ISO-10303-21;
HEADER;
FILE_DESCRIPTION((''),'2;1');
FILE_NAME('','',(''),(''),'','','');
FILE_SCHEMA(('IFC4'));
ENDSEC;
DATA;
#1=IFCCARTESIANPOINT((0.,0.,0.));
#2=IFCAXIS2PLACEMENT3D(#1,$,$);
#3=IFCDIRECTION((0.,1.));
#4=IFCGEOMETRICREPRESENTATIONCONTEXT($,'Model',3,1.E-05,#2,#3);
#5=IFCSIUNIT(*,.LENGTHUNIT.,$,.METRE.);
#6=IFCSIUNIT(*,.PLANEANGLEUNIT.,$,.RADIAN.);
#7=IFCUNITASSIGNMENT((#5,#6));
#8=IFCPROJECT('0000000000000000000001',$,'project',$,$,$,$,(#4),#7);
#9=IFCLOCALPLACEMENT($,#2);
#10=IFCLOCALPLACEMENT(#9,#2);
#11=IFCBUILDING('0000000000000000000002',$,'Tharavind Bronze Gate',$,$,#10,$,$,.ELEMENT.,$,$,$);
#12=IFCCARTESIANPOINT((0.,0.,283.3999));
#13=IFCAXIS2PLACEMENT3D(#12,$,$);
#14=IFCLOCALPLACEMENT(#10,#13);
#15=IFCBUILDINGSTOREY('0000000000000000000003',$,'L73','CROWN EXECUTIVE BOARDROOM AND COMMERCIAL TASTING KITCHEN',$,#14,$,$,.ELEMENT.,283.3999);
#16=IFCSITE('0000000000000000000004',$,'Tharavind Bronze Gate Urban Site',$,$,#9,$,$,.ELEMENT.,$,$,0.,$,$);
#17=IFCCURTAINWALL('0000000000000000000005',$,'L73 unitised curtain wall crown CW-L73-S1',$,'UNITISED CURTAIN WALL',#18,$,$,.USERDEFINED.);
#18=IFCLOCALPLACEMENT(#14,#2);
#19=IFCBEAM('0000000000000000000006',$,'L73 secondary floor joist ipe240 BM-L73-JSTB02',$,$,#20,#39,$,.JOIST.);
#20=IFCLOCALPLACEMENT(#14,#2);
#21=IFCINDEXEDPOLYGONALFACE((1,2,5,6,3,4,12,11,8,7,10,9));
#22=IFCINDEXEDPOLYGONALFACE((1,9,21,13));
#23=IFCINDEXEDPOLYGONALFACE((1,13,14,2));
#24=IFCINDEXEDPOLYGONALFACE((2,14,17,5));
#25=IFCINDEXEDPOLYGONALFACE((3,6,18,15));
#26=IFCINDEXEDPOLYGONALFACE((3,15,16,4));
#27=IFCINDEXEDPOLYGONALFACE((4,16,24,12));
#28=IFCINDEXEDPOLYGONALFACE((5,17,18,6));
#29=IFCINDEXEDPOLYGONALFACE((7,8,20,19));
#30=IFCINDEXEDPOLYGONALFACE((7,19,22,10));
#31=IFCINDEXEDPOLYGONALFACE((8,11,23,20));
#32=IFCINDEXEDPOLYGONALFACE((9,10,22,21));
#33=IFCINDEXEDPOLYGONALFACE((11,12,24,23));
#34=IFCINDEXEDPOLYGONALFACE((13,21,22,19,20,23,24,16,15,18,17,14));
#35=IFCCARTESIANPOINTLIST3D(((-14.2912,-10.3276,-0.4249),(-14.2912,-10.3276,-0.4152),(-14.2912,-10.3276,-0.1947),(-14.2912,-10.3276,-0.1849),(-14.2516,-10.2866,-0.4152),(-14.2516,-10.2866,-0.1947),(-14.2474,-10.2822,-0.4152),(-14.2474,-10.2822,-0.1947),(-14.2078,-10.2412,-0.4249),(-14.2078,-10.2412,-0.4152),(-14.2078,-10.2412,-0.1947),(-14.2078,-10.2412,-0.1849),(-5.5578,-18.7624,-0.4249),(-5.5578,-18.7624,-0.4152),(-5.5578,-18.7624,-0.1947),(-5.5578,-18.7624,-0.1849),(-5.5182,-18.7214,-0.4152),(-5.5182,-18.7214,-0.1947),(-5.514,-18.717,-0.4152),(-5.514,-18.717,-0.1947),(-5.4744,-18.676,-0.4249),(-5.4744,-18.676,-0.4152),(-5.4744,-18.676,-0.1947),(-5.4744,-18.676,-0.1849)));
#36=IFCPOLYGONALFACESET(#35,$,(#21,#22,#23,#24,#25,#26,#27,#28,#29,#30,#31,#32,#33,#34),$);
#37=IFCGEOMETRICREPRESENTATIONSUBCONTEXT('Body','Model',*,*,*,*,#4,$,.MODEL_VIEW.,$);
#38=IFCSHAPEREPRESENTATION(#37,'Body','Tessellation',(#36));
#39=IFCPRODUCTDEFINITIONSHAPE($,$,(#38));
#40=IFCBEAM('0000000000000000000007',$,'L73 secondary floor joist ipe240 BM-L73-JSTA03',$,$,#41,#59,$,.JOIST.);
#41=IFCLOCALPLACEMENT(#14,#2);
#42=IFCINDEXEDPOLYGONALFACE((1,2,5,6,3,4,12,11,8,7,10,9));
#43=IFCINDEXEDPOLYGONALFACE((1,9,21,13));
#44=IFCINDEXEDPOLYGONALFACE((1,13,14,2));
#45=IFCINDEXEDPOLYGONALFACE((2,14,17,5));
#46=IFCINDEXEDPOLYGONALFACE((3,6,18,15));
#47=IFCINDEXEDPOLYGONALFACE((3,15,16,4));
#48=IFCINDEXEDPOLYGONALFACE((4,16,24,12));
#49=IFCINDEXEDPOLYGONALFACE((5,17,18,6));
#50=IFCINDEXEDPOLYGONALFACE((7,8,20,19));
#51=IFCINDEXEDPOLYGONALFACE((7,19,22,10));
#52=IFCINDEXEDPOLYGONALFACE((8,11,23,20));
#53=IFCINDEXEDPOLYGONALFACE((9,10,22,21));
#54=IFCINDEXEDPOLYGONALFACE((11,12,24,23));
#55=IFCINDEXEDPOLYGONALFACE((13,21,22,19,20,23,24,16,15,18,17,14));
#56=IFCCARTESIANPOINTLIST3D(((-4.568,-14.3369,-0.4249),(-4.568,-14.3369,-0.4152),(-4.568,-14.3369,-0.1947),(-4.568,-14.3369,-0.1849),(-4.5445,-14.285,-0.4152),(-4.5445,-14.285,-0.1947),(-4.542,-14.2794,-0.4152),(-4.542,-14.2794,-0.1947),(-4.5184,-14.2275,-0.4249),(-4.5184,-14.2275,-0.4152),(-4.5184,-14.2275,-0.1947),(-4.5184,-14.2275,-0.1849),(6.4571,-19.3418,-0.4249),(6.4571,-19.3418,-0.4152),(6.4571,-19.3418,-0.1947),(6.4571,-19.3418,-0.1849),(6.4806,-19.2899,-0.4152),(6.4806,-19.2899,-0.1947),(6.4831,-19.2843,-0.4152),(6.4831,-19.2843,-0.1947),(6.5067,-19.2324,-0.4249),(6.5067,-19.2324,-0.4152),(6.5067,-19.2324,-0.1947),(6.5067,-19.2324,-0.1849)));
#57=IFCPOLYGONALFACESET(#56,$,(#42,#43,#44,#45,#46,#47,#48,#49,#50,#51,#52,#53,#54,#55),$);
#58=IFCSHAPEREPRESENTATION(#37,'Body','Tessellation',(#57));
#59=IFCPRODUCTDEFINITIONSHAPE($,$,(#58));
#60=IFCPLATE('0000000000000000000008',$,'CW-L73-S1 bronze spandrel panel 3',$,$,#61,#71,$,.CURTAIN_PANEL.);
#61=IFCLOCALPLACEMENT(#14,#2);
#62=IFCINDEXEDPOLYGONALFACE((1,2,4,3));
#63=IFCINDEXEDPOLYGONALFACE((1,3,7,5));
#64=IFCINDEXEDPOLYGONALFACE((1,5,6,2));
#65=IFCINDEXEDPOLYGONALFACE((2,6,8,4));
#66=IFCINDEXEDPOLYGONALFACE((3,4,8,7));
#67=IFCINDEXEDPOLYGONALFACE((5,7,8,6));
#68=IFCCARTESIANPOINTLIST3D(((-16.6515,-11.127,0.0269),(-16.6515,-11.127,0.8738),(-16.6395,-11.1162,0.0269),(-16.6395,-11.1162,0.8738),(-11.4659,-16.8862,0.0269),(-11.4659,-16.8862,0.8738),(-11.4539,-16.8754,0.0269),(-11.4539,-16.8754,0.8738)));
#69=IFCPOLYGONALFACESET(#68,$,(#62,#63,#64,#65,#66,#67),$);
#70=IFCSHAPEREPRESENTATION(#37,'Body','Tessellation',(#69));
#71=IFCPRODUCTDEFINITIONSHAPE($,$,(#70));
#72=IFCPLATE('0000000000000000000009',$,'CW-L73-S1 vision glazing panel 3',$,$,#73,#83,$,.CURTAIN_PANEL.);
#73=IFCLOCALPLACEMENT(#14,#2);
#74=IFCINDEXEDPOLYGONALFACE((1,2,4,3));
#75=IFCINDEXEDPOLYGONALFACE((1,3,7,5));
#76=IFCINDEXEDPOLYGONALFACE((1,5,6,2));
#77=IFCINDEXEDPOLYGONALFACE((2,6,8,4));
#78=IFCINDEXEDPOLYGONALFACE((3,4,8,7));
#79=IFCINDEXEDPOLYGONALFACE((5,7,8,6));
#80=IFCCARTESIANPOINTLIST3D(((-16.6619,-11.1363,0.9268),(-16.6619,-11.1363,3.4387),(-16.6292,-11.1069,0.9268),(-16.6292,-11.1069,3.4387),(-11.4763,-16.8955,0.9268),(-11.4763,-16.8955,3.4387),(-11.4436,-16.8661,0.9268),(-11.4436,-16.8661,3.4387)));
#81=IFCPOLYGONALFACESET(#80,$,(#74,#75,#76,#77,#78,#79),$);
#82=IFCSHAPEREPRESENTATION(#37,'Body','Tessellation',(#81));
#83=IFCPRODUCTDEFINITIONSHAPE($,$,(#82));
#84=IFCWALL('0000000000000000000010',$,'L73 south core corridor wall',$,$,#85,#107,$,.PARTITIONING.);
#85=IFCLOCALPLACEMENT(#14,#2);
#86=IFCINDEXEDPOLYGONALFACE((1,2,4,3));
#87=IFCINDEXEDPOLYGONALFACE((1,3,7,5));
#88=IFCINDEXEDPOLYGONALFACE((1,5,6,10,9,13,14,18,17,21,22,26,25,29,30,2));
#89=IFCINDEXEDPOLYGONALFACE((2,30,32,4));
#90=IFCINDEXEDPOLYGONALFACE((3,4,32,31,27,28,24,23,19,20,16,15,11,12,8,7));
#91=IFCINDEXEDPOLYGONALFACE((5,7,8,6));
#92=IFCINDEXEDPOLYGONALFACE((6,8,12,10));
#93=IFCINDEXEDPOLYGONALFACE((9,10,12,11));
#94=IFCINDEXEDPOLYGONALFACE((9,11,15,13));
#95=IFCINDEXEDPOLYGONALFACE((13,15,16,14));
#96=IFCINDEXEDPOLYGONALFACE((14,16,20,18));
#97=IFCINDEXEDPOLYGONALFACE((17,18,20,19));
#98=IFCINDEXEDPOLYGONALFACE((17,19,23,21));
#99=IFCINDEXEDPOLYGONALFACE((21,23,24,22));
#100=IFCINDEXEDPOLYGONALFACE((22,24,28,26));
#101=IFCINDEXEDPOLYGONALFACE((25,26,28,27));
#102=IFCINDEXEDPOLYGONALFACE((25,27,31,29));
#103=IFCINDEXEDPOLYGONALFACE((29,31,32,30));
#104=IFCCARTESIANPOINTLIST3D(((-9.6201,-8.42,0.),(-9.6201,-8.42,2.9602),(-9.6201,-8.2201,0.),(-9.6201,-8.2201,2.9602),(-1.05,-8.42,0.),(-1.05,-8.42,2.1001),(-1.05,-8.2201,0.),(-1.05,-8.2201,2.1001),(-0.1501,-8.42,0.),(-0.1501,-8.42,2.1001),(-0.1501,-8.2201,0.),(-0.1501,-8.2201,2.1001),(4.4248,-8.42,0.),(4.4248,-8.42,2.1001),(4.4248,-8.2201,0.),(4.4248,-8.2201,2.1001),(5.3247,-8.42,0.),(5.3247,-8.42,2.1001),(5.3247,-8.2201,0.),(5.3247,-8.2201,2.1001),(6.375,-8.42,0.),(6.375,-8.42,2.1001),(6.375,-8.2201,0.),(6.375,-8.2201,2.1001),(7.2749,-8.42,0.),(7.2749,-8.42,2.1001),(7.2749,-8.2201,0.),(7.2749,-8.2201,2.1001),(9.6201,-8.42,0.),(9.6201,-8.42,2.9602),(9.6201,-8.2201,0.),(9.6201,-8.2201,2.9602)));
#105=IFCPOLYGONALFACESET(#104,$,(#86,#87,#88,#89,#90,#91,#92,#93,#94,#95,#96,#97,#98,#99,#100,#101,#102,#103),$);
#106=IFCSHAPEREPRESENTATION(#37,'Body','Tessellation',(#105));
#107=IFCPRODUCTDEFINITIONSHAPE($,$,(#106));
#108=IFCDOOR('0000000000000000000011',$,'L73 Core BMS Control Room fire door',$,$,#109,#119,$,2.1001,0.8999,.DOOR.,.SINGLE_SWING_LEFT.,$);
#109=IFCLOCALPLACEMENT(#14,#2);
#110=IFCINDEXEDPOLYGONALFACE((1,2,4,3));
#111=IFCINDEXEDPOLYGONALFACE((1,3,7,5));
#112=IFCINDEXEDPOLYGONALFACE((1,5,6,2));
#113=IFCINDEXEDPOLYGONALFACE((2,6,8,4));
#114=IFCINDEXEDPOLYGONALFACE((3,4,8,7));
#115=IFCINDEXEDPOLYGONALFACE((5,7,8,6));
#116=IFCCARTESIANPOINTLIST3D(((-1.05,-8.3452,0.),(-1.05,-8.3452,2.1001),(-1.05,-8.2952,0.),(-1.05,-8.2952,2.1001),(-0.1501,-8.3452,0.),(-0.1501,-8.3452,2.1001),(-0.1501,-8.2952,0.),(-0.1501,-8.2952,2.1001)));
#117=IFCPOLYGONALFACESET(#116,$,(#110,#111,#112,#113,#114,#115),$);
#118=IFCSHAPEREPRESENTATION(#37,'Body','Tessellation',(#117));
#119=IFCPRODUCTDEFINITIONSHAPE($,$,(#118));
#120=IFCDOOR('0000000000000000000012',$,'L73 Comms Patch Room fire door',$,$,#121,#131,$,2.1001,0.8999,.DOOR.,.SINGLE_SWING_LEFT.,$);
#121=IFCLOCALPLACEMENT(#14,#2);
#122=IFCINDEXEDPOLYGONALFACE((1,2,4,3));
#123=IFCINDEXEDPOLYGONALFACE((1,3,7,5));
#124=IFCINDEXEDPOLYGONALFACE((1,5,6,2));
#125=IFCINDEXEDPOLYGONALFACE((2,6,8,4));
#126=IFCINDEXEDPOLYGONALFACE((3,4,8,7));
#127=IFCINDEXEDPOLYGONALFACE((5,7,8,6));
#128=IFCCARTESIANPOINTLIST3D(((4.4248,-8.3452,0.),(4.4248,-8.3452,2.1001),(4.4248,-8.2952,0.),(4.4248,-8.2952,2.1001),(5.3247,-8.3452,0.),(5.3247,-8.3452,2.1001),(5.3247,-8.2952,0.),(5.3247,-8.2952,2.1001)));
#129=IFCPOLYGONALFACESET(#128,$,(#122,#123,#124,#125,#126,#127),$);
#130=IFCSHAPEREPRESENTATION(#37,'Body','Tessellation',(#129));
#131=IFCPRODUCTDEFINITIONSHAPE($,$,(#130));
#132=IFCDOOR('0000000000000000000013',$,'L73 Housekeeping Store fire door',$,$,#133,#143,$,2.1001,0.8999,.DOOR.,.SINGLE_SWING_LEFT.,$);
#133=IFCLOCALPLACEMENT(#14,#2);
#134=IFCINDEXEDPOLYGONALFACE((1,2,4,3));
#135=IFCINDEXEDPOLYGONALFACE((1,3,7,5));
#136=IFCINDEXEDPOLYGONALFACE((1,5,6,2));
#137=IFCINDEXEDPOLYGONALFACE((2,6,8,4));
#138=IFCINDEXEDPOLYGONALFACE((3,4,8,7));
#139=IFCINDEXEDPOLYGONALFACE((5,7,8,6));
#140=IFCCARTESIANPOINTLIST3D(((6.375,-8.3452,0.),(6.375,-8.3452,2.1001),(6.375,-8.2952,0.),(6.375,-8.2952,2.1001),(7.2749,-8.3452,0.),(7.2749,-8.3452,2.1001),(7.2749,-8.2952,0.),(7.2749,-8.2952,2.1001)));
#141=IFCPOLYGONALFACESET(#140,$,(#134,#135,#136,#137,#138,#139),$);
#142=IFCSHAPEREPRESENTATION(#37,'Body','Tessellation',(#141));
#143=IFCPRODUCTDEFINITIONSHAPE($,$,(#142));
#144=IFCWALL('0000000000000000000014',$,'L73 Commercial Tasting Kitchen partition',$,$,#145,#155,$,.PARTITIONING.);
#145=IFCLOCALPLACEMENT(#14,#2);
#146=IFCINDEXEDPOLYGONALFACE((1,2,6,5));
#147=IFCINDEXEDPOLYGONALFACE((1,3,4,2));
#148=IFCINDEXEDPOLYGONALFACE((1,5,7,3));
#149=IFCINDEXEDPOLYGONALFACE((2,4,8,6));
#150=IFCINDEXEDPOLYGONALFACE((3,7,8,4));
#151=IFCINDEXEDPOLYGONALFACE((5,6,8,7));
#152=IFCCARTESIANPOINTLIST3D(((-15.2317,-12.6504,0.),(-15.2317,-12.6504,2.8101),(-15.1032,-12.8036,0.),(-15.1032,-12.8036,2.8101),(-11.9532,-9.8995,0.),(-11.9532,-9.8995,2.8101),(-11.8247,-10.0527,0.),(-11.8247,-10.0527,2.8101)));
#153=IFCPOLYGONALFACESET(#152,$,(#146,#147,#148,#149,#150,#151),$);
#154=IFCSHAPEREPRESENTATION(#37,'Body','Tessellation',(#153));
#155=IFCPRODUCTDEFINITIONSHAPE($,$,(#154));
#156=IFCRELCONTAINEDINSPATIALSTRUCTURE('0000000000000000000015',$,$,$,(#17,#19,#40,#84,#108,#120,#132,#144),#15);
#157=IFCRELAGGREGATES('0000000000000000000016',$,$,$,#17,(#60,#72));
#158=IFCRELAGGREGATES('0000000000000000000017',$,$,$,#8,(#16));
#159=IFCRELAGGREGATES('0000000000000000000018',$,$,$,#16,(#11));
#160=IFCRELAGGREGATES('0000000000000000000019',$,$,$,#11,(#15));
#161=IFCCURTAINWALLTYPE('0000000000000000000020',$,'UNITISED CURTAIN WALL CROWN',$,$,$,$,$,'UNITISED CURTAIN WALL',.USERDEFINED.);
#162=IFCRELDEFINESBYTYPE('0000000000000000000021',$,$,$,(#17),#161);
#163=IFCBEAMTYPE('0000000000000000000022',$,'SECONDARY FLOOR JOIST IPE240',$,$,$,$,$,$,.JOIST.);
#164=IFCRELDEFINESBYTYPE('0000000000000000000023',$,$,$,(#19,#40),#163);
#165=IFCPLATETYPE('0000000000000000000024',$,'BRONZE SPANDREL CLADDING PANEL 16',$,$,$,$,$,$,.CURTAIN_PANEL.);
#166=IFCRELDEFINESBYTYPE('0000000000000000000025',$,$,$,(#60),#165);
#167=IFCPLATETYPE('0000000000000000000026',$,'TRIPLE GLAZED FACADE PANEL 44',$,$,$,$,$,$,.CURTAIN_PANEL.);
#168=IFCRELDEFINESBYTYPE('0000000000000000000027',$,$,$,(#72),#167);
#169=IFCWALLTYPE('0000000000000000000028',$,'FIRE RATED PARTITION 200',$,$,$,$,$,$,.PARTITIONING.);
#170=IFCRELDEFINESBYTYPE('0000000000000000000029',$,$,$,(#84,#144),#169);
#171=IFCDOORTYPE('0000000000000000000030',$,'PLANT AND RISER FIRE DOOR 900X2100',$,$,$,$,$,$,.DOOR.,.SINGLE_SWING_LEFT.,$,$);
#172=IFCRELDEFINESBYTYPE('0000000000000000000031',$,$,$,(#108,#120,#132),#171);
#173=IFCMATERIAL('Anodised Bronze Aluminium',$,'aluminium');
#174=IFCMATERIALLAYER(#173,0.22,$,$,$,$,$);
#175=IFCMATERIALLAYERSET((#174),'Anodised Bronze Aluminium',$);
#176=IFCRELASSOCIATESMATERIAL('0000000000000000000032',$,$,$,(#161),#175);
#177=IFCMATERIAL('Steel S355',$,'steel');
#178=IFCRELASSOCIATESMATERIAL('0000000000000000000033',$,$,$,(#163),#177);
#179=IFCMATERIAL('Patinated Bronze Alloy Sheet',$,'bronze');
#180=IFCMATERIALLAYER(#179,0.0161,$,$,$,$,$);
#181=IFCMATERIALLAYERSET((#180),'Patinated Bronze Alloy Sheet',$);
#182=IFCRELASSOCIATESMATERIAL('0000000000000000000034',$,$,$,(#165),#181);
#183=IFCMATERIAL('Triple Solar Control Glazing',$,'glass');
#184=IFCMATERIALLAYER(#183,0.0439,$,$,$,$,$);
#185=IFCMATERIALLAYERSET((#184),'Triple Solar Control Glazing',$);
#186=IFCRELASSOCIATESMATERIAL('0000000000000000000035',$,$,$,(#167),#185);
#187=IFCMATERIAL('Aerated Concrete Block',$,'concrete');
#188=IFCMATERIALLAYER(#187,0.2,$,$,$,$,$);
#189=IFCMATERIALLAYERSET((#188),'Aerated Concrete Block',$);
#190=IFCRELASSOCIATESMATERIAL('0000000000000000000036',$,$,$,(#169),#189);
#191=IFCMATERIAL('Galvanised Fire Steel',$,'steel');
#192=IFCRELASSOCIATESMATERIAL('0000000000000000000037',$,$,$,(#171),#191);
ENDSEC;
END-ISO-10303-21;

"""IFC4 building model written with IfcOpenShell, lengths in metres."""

from ifc_helpers import new_model, si_unit, direction, frame, frame_2d, origin, origin_2d, place, context, subcontext, project, spatial, rectangle, i_section, extrude, material, layer, layer_set, material_profile, profile_set, type_object, element, fill, aggregate, save


model = new_model("IFC4")

# Units and contexts
model_context = context("Model", 3, precision=1e-05, world=origin(), true_north=direction((0.0, 1.0)))
body_context = subcontext(model_context, "Body", "Model", "MODEL_VIEW")
ifc_project = project(units=[si_unit("LENGTHUNIT", "METRE"), si_unit("PLANEANGLEUNIT", "RADIAN")], contexts=[model_context])

# Site, building, storey
site_placement = place(None, origin())
site = spatial("IfcSite", under=ifc_project, at=site_placement, Name="Tharavind Bronze Gate Urban Site", CompositionType="ELEMENT", RefElevation=0.0)
building_placement = place(site_placement, origin())
building = spatial("IfcBuilding", under=site, at=building_placement, Name="Tharavind Bronze Gate", CompositionType="ELEMENT")
storey_placement = place(building_placement, frame((0.0, 0.0, 283.3999)))
storey = spatial("IfcBuildingStorey", under=building, at=storey_placement, Name="L73", Description="CROWN EXECUTIVE BOARDROOM AND COMMERCIAL TASTING KITCHEN", CompositionType="ELEMENT", Elevation=283.3999)

# Curtain wall
ifc_material_1 = material(Name="Anodised Bronze Aluminium", Category="aluminium")
ifc_layer_1 = layer(ifc_material_1, 0.22)
ifc_layer_set_1 = layer_set([ifc_layer_1], Name="Anodised Bronze Aluminium")
curtain_wall_type = type_object("IfcCurtainWallType", Name="UNITISED CURTAIN WALL CROWN", ElementType="UNITISED CURTAIN WALL", PredefinedType="USERDEFINED", material=ifc_layer_set_1)
curtain_wall_placement = place(storey_placement, origin())
curtain_wall = element("IfcCurtainWall", 1, at=curtain_wall_placement, inside=storey, type_object=curtain_wall_type, Name="L73 unitised curtain wall crown CW-L73-S1", ObjectType="UNITISED CURTAIN WALL", PredefinedType="USERDEFINED")

# Beams
ifc_material_2 = material(Name="Steel S355", Category="steel")
ifc_material_profile_1 = material_profile(ifc_material_2, i_section(OverallWidth=0.1201, OverallDepth=0.24, WebThickness=0.0061, FlangeThickness=0.0098, at=origin_2d()), Name="IPE240")
ifc_profile_set_1 = profile_set([ifc_material_profile_1], Name="Steel S355")
beam_type_1 = type_object("IfcBeamType", Name="SECONDARY FLOOR JOIST IPE240", PredefinedType="JOIST", material=ifc_profile_set_1)
beam_1_placement = place(storey_placement, frame((-14.2495, -10.2844, -0.3049), z_axis=(0.719296, -0.694704, 0.0), x_axis=(0.694704, 0.719296, 0.0)))
element("IfcBeam", 2, at=beam_1_placement, inside=storey, type_object=beam_type_1, Name="L73 secondary floor joist ipe240 BM-L73-JSTB02", PredefinedType="JOIST", context=body_context, shape_type="SweptSolid", body=[
    extrude(i_section(OverallWidth=0.1201, OverallDepth=0.24, WebThickness=0.0061, FlangeThickness=0.0098, at=origin_2d()), origin(), (0.0, 0.0, 1.0), 12.1416),
])
beam_2_placement = place(storey_placement, frame((-4.5432, -14.2822, -0.3049), z_axis=(0.91057, -0.413355, 0.0), x_axis=(0.413355, 0.91057, 0.0)))
element("IfcBeam", 3, at=beam_2_placement, inside=storey, type_object=beam_type_1, Name="L73 secondary floor joist ipe240 BM-L73-JSTA03", PredefinedType="JOIST", context=body_context, shape_type="SweptSolid", body=[
    extrude(i_section(OverallWidth=0.1201, OverallDepth=0.24, WebThickness=0.0061, FlangeThickness=0.0098, at=origin_2d()), origin(), (0.0, 0.0, 1.0), 12.1079),
])

# Plates
ifc_material_3 = material(Name="Patinated Bronze Alloy Sheet", Category="bronze")
ifc_layer_2 = layer(ifc_material_3, 0.0161)
ifc_layer_set_2 = layer_set([ifc_layer_2], Name="Patinated Bronze Alloy Sheet")
plate_type_1 = type_object("IfcPlateType", Name="BRONZE SPANDREL CLADDING PANEL 16", PredefinedType="CURTAIN_PANEL", material=ifc_layer_set_2)
plate_1_placement = place(storey_placement, frame((-14.0527, -14.0012, 0.0269), z_axis=(0.0, 0.0, 1.0), x_axis=(0.669131, -0.743145, 0.0)))
plate_1 = element("IfcPlate", 4, at=plate_1_placement, type_object=plate_type_1, Name="CW-L73-S1 bronze spandrel panel 3", PredefinedType="CURTAIN_PANEL", context=body_context, shape_type="SweptSolid", body=[
    extrude(rectangle(XDim=7.7498, YDim=0.0161, at=origin_2d()), origin(), (0.0, 0.0, 1.0), 0.8469),
])
ifc_material_4 = material(Name="Triple Solar Control Glazing", Category="glass")
ifc_layer_3 = layer(ifc_material_4, 0.0439)
ifc_layer_set_3 = layer_set([ifc_layer_3], Name="Triple Solar Control Glazing")
plate_type_2 = type_object("IfcPlateType", Name="TRIPLE GLAZED FACADE PANEL 44", PredefinedType="CURTAIN_PANEL", material=ifc_layer_set_3)
plate_2_placement = place(storey_placement, frame((-14.0527, -14.0012, 0.9268), z_axis=(0.0, 0.0, 1.0), x_axis=(0.669131, -0.743145, 0.0)))
plate_2 = element("IfcPlate", 5, at=plate_2_placement, type_object=plate_type_2, Name="CW-L73-S1 vision glazing panel 3", PredefinedType="CURTAIN_PANEL", context=body_context, shape_type="SweptSolid", body=[
    extrude(rectangle(XDim=7.7498, YDim=0.0439, at=origin_2d()), origin(), (0.0, 0.0, 1.0), 2.512),
])
aggregate(curtain_wall, [plate_1, plate_2])

# Wall, openings, doors
ifc_material_5 = material(Name="Aerated Concrete Block", Category="concrete")
ifc_layer_4 = layer(ifc_material_5, 0.2)
ifc_layer_set_4 = layer_set([ifc_layer_4], Name="Aerated Concrete Block")
wall_type = type_object("IfcWallType", Name="FIRE RATED PARTITION 200", PredefinedType="PARTITIONING", material=ifc_layer_set_4)
wall_1_placement = place(storey_placement, frame((-9.6201, -8.3201, 0.0), z_axis=(0.0, 0.0, 1.0), x_axis=(1.0, 0.0, 0.0)))
wall_1 = element("IfcWall", 6, at=wall_1_placement, inside=storey, type_object=wall_type, Name="L73 south core corridor wall", PredefinedType="PARTITIONING", context=body_context, shape_type="SweptSolid", body=[
    extrude(rectangle(XDim=19.2402, YDim=0.2, at=frame_2d((9.6201, 0.0))), origin(), (0.0, 0.0, 1.0), 2.9602),
])
opening_1_placement = place(wall_1_placement, frame((8.5701, 0.0, 0.0)))
opening_1 = element("IfcOpeningElement", 7, at=opening_1_placement, cuts=wall_1, PredefinedType="OPENING", context=body_context, shape_type="SweptSolid", body=[
    extrude(rectangle(XDim=0.8999, YDim=2.1001, at=frame_2d((0.45, 1.05))), frame((0.0, 0.1101, 0.0), z_axis=(0.0, -1.0, 0.0), x_axis=(1.0, 0.0, 0.0)), (0.0, 0.0, 1.0), 0.22),
])
opening_2_placement = place(wall_1_placement, frame((14.0449, 0.0, 0.0)))
opening_2 = element("IfcOpeningElement", 8, at=opening_2_placement, cuts=wall_1, PredefinedType="OPENING", context=body_context, shape_type="SweptSolid", body=[
    extrude(rectangle(XDim=0.8999, YDim=2.1001, at=frame_2d((0.45, 1.05))), frame((0.0, 0.1101, 0.0), z_axis=(0.0, -1.0, 0.0), x_axis=(1.0, 0.0, 0.0)), (0.0, 0.0, 1.0), 0.22),
])
opening_3_placement = place(wall_1_placement, frame((15.9951, 0.0, 0.0)))
opening_3 = element("IfcOpeningElement", 9, at=opening_3_placement, cuts=wall_1, PredefinedType="OPENING", context=body_context, shape_type="SweptSolid", body=[
    extrude(rectangle(XDim=0.8999, YDim=2.1001, at=frame_2d((0.45, 1.05))), frame((0.0, 0.1101, 0.0), z_axis=(0.0, -1.0, 0.0), x_axis=(1.0, 0.0, 0.0)), (0.0, 0.0, 1.0), 0.22),
])
ifc_material_6 = material(Name="Galvanised Fire Steel", Category="steel")
door_type_1 = type_object("IfcDoorType", Name="PLANT AND RISER FIRE DOOR 900X2100", OperationType="SINGLE_SWING_LEFT", PredefinedType="DOOR", material=ifc_material_6)
door_1_placement = place(opening_1_placement, origin())
door_1 = element("IfcDoor", 10, at=door_1_placement, inside=storey, type_object=door_type_1, Name="L73 Core BMS Control Room fire door", OperationType="SINGLE_SWING_LEFT", OverallHeight=2.1001, OverallWidth=0.8999, PredefinedType="DOOR", context=body_context, shape_type="SweptSolid", body=[
    extrude(rectangle(XDim=0.8999, YDim=2.1001, at=frame_2d((0.45, 1.05))), frame((0.0, 0.0249, 0.0), z_axis=(0.0, -1.0, 0.0), x_axis=(1.0, 0.0, 0.0)), (0.0, 0.0, 1.0), 0.05),
])
fill(opening_1, door_1)
door_2_placement = place(opening_2_placement, origin())
door_2 = element("IfcDoor", 11, at=door_2_placement, inside=storey, type_object=door_type_1, Name="L73 Comms Patch Room fire door", OperationType="SINGLE_SWING_LEFT", OverallHeight=2.1001, OverallWidth=0.8999, PredefinedType="DOOR", context=body_context, shape_type="SweptSolid", body=[
    extrude(rectangle(XDim=0.8999, YDim=2.1001, at=frame_2d((0.45, 1.05))), frame((0.0, 0.0249, 0.0), z_axis=(0.0, -1.0, 0.0), x_axis=(1.0, 0.0, 0.0)), (0.0, 0.0, 1.0), 0.05),
])
fill(opening_2, door_2)
door_3_placement = place(opening_3_placement, origin())
door_3 = element("IfcDoor", 12, at=door_3_placement, inside=storey, type_object=door_type_1, Name="L73 Housekeeping Store fire door", OperationType="SINGLE_SWING_LEFT", OverallHeight=2.1001, OverallWidth=0.8999, PredefinedType="DOOR", context=body_context, shape_type="SweptSolid", body=[
    extrude(rectangle(XDim=0.8999, YDim=2.1001, at=frame_2d((0.45, 1.05))), frame((0.0, 0.0249, 0.0), z_axis=(0.0, -1.0, 0.0), x_axis=(1.0, 0.0, 0.0)), (0.0, 0.0, 1.0), 0.05),
])
fill(opening_3, door_3)

# Wall
wall_2_placement = place(storey_placement, frame((-11.8889, -9.9761, 0.0), z_axis=(0.0, 0.0, 1.0), x_axis=(-0.766052, -0.642779, 0.0)))
element("IfcWall", 13, at=wall_2_placement, inside=storey, type_object=wall_type, Name="L73 Commercial Tasting Kitchen partition", PredefinedType="PARTITIONING", context=body_context, shape_type="SweptSolid", body=[
    extrude(rectangle(XDim=4.2798, YDim=0.2, at=frame_2d((2.1399, 0.0))), origin(), (0.0, 0.0, 1.0), 2.8101),
])

save(model, "model.ifc")
